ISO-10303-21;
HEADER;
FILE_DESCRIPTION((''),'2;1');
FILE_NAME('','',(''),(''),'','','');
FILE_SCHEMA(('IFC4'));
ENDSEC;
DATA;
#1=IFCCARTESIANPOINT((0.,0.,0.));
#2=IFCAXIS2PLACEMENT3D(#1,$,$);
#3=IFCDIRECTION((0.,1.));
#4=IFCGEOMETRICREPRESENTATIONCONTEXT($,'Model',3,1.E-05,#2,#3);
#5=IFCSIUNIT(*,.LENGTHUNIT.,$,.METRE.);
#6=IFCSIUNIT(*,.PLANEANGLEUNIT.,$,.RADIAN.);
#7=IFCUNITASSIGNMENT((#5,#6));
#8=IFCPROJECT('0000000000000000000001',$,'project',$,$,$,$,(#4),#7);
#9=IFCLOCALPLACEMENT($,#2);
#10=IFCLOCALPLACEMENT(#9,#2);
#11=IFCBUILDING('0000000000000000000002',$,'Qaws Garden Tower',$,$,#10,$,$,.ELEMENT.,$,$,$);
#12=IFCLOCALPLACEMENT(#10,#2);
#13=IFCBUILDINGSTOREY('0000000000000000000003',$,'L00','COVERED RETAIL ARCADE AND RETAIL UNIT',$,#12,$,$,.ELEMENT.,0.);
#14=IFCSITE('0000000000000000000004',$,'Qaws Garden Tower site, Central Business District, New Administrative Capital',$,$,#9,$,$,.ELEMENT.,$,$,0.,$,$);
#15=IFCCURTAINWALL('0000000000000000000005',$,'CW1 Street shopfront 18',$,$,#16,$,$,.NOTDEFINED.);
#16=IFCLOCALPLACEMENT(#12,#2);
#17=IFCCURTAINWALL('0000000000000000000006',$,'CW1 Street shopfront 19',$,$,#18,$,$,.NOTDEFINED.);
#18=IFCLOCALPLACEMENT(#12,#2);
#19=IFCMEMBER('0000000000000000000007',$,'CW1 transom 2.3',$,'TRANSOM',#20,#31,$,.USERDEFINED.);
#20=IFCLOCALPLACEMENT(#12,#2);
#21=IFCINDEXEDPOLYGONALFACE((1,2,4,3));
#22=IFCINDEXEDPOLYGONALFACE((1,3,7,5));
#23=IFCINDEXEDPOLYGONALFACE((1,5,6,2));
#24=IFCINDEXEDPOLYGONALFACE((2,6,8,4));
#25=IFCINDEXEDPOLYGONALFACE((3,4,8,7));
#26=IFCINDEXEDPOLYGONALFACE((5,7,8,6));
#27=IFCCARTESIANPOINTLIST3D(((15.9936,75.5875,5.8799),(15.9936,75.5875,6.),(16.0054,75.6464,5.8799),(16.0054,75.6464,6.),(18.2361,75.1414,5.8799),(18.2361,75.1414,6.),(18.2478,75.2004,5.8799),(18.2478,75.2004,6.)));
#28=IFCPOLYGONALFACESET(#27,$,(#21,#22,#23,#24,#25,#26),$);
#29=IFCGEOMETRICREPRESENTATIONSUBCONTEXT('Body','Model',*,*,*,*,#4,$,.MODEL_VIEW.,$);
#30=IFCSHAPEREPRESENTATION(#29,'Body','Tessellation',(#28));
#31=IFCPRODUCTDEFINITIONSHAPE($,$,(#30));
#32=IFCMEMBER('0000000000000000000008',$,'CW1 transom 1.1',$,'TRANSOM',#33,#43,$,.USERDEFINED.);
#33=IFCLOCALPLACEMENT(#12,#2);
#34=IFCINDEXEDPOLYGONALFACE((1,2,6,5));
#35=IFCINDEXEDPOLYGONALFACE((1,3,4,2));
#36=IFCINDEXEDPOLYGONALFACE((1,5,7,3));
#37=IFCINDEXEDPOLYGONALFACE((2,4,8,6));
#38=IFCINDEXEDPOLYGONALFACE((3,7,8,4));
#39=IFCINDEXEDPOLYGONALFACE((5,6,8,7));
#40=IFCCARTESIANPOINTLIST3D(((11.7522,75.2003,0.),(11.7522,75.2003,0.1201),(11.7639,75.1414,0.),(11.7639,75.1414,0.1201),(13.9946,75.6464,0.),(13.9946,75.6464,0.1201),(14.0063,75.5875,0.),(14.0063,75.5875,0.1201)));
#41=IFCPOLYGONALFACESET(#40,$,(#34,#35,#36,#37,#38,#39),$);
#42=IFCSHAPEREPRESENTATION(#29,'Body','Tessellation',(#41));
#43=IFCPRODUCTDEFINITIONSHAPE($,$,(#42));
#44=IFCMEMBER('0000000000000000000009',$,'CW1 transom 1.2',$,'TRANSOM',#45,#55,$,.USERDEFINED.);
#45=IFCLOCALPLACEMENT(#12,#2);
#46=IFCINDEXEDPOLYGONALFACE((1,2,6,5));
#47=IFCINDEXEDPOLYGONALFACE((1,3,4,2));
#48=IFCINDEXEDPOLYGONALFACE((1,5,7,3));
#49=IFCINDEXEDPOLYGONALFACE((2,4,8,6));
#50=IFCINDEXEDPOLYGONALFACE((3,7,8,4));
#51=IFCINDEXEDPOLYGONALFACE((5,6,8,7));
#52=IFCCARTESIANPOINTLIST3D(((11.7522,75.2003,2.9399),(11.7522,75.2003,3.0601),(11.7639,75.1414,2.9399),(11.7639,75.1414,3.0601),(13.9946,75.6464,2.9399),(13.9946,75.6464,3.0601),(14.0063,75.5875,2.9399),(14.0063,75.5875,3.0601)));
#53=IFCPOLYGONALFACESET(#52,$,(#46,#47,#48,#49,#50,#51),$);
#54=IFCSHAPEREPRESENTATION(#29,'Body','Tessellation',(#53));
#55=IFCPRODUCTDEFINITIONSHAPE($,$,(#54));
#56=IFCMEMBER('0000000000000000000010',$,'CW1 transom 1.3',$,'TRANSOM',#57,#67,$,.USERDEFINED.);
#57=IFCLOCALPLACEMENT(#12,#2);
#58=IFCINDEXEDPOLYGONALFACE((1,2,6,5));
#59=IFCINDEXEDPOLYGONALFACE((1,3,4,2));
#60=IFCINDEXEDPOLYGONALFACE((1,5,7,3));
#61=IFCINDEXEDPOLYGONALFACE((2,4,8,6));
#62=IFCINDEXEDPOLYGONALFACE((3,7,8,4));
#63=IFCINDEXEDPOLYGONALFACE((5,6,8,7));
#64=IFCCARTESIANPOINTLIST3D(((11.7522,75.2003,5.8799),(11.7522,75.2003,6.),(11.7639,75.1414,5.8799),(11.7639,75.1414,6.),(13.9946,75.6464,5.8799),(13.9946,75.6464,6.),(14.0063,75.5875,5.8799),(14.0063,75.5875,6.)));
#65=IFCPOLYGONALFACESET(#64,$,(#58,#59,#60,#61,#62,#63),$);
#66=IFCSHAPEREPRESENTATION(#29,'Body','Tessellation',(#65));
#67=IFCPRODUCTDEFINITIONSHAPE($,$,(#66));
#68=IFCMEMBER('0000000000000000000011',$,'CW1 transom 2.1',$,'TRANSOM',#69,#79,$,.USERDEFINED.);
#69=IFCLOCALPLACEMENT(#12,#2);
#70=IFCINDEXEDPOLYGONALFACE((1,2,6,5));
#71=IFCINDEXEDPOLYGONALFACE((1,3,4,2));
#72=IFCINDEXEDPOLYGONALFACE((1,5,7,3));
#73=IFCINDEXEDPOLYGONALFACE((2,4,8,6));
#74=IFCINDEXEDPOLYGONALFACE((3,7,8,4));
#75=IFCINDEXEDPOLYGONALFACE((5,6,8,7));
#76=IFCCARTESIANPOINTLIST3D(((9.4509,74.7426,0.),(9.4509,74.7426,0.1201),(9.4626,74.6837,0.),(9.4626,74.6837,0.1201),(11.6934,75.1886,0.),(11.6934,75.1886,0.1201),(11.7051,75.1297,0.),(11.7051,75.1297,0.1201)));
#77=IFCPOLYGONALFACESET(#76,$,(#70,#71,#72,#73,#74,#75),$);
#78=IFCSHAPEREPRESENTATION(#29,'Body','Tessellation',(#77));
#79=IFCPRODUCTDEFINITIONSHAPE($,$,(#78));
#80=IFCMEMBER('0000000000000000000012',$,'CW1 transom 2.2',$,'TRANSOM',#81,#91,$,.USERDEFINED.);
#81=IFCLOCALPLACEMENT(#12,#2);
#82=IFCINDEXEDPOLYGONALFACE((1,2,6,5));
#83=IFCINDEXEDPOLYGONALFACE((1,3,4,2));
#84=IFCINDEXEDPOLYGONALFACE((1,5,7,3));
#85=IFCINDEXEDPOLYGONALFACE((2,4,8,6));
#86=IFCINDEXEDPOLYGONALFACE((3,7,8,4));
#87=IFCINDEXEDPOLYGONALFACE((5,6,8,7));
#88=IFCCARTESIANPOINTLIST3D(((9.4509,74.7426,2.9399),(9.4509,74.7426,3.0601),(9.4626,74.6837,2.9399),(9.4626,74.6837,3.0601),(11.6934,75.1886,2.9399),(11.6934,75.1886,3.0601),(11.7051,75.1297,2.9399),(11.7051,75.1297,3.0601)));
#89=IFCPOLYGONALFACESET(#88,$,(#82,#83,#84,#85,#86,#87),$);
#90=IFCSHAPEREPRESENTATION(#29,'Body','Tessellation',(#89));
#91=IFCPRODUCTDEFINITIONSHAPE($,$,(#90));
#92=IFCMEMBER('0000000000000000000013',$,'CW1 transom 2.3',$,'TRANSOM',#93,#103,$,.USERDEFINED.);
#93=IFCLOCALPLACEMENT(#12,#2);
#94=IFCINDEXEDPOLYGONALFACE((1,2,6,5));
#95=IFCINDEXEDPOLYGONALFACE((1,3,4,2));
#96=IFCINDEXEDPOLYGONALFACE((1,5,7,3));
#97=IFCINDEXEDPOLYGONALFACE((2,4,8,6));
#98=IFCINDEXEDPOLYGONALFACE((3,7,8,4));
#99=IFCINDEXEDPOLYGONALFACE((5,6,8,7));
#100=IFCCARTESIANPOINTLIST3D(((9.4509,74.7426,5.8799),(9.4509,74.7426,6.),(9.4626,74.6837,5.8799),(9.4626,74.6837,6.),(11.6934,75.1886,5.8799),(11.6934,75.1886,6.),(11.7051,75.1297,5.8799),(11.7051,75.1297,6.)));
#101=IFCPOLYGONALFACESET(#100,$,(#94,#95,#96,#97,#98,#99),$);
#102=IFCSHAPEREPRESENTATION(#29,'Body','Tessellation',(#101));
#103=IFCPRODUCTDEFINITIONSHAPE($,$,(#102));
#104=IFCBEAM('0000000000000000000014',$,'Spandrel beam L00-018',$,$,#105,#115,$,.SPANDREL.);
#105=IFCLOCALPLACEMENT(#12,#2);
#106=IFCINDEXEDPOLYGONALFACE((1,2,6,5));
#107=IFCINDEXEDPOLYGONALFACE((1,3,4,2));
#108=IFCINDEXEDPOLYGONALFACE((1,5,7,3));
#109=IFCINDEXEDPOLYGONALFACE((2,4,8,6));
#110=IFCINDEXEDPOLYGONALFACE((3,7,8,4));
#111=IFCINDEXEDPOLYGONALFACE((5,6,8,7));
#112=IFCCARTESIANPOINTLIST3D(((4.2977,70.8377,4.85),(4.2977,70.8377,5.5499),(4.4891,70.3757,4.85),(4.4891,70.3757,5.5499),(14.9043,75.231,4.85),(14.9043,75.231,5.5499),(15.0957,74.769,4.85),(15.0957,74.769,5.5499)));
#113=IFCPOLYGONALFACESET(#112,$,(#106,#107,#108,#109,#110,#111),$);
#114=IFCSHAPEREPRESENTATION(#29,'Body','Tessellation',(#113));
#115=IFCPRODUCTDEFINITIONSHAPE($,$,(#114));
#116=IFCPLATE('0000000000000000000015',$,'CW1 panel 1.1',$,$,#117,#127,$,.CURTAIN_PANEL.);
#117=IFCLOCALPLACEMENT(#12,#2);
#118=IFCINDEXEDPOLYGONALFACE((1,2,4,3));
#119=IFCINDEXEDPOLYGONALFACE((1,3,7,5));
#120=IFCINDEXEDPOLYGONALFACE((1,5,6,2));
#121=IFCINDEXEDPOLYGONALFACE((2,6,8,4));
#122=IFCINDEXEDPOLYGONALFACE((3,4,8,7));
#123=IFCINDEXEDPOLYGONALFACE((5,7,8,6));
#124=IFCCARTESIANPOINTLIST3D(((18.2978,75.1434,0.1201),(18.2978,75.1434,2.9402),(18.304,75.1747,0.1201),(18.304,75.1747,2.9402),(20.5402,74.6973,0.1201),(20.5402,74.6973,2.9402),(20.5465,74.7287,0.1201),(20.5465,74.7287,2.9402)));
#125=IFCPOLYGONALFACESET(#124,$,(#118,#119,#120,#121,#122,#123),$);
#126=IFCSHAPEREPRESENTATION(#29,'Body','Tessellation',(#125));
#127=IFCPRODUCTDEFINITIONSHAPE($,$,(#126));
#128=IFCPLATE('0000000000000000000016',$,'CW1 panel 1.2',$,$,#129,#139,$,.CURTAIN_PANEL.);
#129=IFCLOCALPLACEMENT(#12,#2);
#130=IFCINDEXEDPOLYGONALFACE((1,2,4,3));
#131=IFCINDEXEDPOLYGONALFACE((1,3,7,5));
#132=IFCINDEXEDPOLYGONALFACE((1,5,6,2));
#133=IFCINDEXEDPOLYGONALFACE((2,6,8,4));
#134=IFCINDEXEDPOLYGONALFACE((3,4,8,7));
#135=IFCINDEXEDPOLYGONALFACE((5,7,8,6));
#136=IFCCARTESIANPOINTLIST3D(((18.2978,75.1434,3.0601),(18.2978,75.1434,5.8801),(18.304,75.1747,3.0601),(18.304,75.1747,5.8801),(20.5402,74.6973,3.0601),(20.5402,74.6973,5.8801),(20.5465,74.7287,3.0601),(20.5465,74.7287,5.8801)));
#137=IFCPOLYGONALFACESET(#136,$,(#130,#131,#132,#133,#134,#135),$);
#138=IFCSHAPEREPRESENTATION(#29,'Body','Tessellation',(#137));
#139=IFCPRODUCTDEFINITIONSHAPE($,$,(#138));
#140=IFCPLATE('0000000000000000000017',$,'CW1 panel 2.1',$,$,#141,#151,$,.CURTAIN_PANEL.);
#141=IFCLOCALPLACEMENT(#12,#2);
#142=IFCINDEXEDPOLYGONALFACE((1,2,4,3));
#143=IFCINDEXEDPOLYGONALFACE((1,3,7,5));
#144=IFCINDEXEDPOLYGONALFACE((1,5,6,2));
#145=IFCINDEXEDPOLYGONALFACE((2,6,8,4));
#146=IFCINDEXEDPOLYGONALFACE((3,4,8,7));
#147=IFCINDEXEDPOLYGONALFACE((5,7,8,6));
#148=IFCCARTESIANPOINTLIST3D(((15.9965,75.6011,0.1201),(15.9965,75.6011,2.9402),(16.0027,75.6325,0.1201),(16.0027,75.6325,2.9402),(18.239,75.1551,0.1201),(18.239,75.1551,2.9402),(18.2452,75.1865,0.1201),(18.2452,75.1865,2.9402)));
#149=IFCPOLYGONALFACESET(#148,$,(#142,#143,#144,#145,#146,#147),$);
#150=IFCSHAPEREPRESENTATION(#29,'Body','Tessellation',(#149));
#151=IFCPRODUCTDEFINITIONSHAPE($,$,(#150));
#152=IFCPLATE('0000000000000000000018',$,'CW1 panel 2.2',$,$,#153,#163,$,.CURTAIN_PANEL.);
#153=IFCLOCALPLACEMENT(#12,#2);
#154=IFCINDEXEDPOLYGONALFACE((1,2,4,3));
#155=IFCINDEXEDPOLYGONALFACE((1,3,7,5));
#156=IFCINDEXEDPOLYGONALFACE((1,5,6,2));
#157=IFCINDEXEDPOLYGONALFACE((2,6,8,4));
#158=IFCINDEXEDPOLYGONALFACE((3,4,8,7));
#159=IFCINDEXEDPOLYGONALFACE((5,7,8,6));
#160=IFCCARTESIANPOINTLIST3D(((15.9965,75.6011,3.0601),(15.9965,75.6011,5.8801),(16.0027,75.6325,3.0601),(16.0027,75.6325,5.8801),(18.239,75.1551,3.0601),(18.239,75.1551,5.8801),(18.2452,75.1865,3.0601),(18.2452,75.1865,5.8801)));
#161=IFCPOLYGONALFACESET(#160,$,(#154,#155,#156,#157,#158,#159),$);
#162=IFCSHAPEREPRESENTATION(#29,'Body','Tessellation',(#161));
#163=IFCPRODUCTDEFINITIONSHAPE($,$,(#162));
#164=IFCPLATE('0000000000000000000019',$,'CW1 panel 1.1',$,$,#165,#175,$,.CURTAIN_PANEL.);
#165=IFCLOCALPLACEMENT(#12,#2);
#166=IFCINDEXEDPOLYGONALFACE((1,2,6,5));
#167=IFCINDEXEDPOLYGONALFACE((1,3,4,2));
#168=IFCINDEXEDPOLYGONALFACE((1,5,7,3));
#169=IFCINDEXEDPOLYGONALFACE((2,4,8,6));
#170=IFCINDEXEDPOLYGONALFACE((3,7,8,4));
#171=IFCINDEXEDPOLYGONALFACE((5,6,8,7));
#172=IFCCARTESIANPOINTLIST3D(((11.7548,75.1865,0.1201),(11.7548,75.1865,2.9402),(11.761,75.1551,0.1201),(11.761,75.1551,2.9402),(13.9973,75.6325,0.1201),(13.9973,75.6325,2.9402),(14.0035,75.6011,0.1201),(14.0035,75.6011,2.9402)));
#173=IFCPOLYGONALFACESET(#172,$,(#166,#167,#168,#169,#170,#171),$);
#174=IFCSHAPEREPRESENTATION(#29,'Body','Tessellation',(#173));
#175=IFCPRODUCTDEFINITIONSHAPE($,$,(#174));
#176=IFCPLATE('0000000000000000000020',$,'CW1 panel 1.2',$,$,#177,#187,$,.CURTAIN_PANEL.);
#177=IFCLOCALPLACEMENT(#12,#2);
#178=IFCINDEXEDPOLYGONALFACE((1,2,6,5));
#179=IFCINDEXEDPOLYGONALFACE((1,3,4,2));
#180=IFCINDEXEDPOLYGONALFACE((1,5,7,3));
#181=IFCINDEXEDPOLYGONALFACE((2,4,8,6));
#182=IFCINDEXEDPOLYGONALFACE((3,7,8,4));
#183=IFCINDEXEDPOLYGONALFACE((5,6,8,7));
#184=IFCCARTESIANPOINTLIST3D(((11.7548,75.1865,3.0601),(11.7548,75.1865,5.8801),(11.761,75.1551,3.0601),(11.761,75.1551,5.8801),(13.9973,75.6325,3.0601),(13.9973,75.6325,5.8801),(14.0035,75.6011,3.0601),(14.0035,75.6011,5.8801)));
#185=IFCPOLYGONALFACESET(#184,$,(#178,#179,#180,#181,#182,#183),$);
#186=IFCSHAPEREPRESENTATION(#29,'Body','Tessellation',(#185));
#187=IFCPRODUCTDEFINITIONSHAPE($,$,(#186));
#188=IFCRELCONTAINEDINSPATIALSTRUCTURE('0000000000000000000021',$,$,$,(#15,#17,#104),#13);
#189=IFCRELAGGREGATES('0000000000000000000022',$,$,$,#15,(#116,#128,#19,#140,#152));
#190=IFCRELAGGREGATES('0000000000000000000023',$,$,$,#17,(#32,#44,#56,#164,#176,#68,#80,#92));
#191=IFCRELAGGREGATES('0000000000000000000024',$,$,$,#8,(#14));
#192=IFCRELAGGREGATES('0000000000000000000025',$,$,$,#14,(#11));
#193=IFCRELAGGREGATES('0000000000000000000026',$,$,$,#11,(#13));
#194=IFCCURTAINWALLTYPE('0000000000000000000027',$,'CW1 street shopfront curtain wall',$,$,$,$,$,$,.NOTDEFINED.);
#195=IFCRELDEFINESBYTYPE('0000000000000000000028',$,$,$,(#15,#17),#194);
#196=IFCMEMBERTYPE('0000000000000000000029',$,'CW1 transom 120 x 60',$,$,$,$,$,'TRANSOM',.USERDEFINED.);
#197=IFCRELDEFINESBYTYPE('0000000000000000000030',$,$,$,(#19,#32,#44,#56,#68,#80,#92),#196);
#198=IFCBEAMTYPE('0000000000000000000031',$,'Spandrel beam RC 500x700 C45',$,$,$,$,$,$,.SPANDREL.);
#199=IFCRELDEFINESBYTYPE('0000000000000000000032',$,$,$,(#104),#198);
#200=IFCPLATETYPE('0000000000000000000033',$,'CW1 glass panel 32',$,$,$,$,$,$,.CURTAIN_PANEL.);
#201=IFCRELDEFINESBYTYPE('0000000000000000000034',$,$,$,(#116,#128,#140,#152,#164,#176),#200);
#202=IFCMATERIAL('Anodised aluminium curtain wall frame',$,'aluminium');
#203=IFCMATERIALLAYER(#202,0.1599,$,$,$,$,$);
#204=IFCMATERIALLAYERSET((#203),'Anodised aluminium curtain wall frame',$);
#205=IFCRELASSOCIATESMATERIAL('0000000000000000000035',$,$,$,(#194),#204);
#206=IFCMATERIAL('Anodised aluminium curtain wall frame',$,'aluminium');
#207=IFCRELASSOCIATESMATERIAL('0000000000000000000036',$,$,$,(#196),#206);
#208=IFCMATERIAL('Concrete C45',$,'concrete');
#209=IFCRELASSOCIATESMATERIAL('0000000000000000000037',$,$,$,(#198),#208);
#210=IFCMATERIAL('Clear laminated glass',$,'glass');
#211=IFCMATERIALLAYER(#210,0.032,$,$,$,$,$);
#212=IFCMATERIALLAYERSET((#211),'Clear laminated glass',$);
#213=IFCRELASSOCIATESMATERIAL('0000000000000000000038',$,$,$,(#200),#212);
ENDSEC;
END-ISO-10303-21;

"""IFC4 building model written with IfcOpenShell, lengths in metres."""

from ifc_helpers import new_model, si_unit, direction, frame, origin, origin_2d, place, context, subcontext, project, spatial, rectangle, extrude, material, layer, layer_set, material_profile, profile_set, type_object, element, aggregate, save


model = new_model("IFC4")

# Units and contexts
model_context = context("Model", 3, precision=1e-05, world=origin(), true_north=direction((0.0, 1.0)))
body_context = subcontext(model_context, "Body", "Model", "MODEL_VIEW")
ifc_project = project(units=[si_unit("LENGTHUNIT", "METRE"), si_unit("PLANEANGLEUNIT", "RADIAN")], contexts=[model_context])

# Site, building, storey
site_placement = place(None, origin())
site = spatial("IfcSite", under=ifc_project, at=site_placement, Name="Qaws Garden Tower site, Central Business District, New Administrative Capital", CompositionType="ELEMENT", RefElevation=0.0)
building_placement = place(site_placement, origin())
building = spatial("IfcBuilding", under=site, at=building_placement, Name="Qaws Garden Tower", CompositionType="ELEMENT")
storey_placement = place(building_placement, origin())
storey = spatial("IfcBuildingStorey", under=building, at=storey_placement, Name="L00", Description="COVERED RETAIL ARCADE AND RETAIL UNIT", CompositionType="ELEMENT", Elevation=0.0)

# Curtain walls
ifc_material_1 = material(Name="Anodised aluminium curtain wall frame", Category="aluminium")
ifc_layer_1 = layer(ifc_material_1, 0.1599)
ifc_layer_set_1 = layer_set([ifc_layer_1], Name="Anodised aluminium curtain wall frame")
curtain_wall_type = type_object("IfcCurtainWallType", Name="CW1 street shopfront curtain wall", PredefinedType="NOTDEFINED", material=ifc_layer_set_1)
placement = place(storey_placement, origin())
curtain_wall_1 = element("IfcCurtainWall", 1, at=placement, inside=storey, type_object=curtain_wall_type, Name="CW1 Street shopfront 18", PredefinedType="NOTDEFINED")
curtain_wall_2 = element("IfcCurtainWall", 2, at=placement, inside=storey, type_object=curtain_wall_type, Name="CW1 Street shopfront 19", PredefinedType="NOTDEFINED")

# Members
ifc_material_2 = material(Name="Anodised aluminium curtain wall frame", Category="aluminium")
ifc_material_profile_1 = material_profile(ifc_material_2, rectangle(XDim=0.0601, YDim=0.1201, at=origin_2d()), Name="AL 60x120")
ifc_profile_set_1 = profile_set([ifc_material_profile_1], Name="Anodised aluminium curtain wall frame")
member_type_1 = type_object("IfcMemberType", Name="CW1 transom 120 x 60", ElementType="TRANSOM", PredefinedType="USERDEFINED", material=ifc_profile_set_1)
member_1_placement = place(storey_placement, frame((18.2419, 75.1709, 5.9399), z_axis=(-0.980785, 0.195089, 0.0), x_axis=(-0.195089, -0.980785, 0.0)))
member_1 = element("IfcMember", 3, at=member_1_placement, type_object=member_type_1, Name="CW1 transom 2.3", ObjectType="TRANSOM", PredefinedType="USERDEFINED", context=body_context, shape_type="SweptSolid", body=[
    extrude(rectangle(XDim=0.0601, YDim=0.1201, at=origin_2d()), origin(), (0.0, 0.0, 1.0), 2.2864),
])
member_2_placement = place(storey_placement, frame((14.0005, 75.6169, 0.0601), z_axis=(-0.980785, -0.195089, 0.0), x_axis=(0.195089, -0.980785, 0.0)))
member_2 = element("IfcMember", 4, at=member_2_placement, type_object=member_type_1, Name="CW1 transom 1.1", ObjectType="TRANSOM", PredefinedType="USERDEFINED", context=body_context, shape_type="SweptSolid", body=[
    extrude(rectangle(XDim=0.0601, YDim=0.1201, at=origin_2d()), origin(), (0.0, 0.0, 1.0), 2.2864),
])
member_3_placement = place(storey_placement, frame((14.0005, 75.6169, 3.0), z_axis=(-0.980785, -0.195089, 0.0), x_axis=(0.195089, -0.980785, 0.0)))
member_3 = element("IfcMember", 5, at=member_3_placement, type_object=member_type_1, Name="CW1 transom 1.2", ObjectType="TRANSOM", PredefinedType="USERDEFINED", context=body_context, shape_type="SweptSolid", body=[
    extrude(rectangle(XDim=0.0601, YDim=0.1201, at=origin_2d()), origin(), (0.0, 0.0, 1.0), 2.2864),
])
member_4_placement = place(storey_placement, frame((14.0005, 75.6169, 5.9399), z_axis=(-0.980785, -0.195089, 0.0), x_axis=(0.195089, -0.980785, 0.0)))
member_4 = element("IfcMember", 6, at=member_4_placement, type_object=member_type_1, Name="CW1 transom 1.3", ObjectType="TRANSOM", PredefinedType="USERDEFINED", context=body_context, shape_type="SweptSolid", body=[
    extrude(rectangle(XDim=0.0601, YDim=0.1201, at=origin_2d()), origin(), (0.0, 0.0, 1.0), 2.2864),
])
member_5_placement = place(storey_placement, frame((11.6992, 75.1592, 0.0601), z_axis=(-0.980785, -0.195089, 0.0), x_axis=(0.195089, -0.980785, 0.0)))
member_5 = element("IfcMember", 7, at=member_5_placement, type_object=member_type_1, Name="CW1 transom 2.1", ObjectType="TRANSOM", PredefinedType="USERDEFINED", context=body_context, shape_type="SweptSolid", body=[
    extrude(rectangle(XDim=0.0601, YDim=0.1201, at=origin_2d()), origin(), (0.0, 0.0, 1.0), 2.2864),
])
member_6_placement = place(storey_placement, frame((11.6992, 75.1592, 3.0), z_axis=(-0.980785, -0.195089, 0.0), x_axis=(0.195089, -0.980785, 0.0)))
member_6 = element("IfcMember", 8, at=member_6_placement, type_object=member_type_1, Name="CW1 transom 2.2", ObjectType="TRANSOM", PredefinedType="USERDEFINED", context=body_context, shape_type="SweptSolid", body=[
    extrude(rectangle(XDim=0.0601, YDim=0.1201, at=origin_2d()), origin(), (0.0, 0.0, 1.0), 2.2864),
])
member_7_placement = place(storey_placement, frame((11.6992, 75.1592, 5.9399), z_axis=(-0.980785, -0.195089, 0.0), x_axis=(0.195089, -0.980785, 0.0)))
member_7 = element("IfcMember", 9, at=member_7_placement, type_object=member_type_1, Name="CW1 transom 2.3", ObjectType="TRANSOM", PredefinedType="USERDEFINED", context=body_context, shape_type="SweptSolid", body=[
    extrude(rectangle(XDim=0.0601, YDim=0.1201, at=origin_2d()), origin(), (0.0, 0.0, 1.0), 2.2864),
])

# Beam
ifc_material_3 = material(Name="Concrete C45", Category="concrete")
ifc_material_profile_2 = material_profile(ifc_material_3, rectangle(XDim=0.5, YDim=0.7, at=origin_2d()), Name="RC 500x700")
ifc_profile_set_2 = profile_set([ifc_material_profile_2], Name="Concrete C45")
beam_type = type_object("IfcBeamType", Name="Spandrel beam RC 500x700 C45", PredefinedType="SPANDREL", material=ifc_profile_set_2)
beam_placement = place(storey_placement, frame((15.0, 75.0, 5.2), z_axis=(-0.923883, -0.382674, 0.0), x_axis=(0.382674, -0.923883, 0.0)))
element("IfcBeam", 10, at=beam_placement, inside=storey, type_object=beam_type, Name="Spandrel beam L00-018", PredefinedType="SPANDREL", context=body_context, shape_type="SweptSolid", body=[
    extrude(rectangle(XDim=0.5, YDim=0.7, at=origin_2d()), origin(), (0.0, 0.0, 1.0), 11.4805),
])

# Plates
ifc_material_4 = material(Name="Clear laminated glass", Category="glass")
ifc_layer_2 = layer(ifc_material_4, 0.032)
ifc_layer_set_2 = layer_set([ifc_layer_2], Name="Clear laminated glass")
plate_type = type_object("IfcPlateType", Name="CW1 glass panel 32", PredefinedType="CURTAIN_PANEL", material=ifc_layer_set_2)
plate_1_placement = place(storey_placement, frame((19.4221, 74.936, 0.1201), z_axis=(0.0, 0.0, 1.0), x_axis=(-0.980785, 0.19509, 0.0)))
plate_1 = element("IfcPlate", 11, at=plate_1_placement, type_object=plate_type, Name="CW1 panel 1.1", PredefinedType="CURTAIN_PANEL", context=body_context, shape_type="SweptSolid", body=[
    extrude(rectangle(XDim=2.2864, YDim=0.032, at=origin_2d()), origin(), (0.0, 0.0, 1.0), 2.8201),
])
plate_2_placement = place(storey_placement, frame((19.4221, 74.936, 3.0601), z_axis=(0.0, 0.0, 1.0), x_axis=(-0.980785, 0.19509, 0.0)))
plate_2 = element("IfcPlate", 12, at=plate_2_placement, type_object=plate_type, Name="CW1 panel 1.2", PredefinedType="CURTAIN_PANEL", context=body_context, shape_type="SweptSolid", body=[
    extrude(rectangle(XDim=2.2864, YDim=0.032, at=origin_2d()), origin(), (0.0, 0.0, 1.0), 2.8201),
])
plate_3_placement = place(storey_placement, frame((17.1208, 75.3938, 0.1201), z_axis=(0.0, 0.0, 1.0), x_axis=(-0.980785, 0.19509, 0.0)))
plate_3 = element("IfcPlate", 13, at=plate_3_placement, type_object=plate_type, Name="CW1 panel 2.1", PredefinedType="CURTAIN_PANEL", context=body_context, shape_type="SweptSolid", body=[
    extrude(rectangle(XDim=2.2864, YDim=0.032, at=origin_2d()), origin(), (0.0, 0.0, 1.0), 2.8201),
])
plate_4_placement = place(storey_placement, frame((17.1208, 75.3938, 3.0601), z_axis=(0.0, 0.0, 1.0), x_axis=(-0.980785, 0.19509, 0.0)))
plate_4 = element("IfcPlate", 14, at=plate_4_placement, type_object=plate_type, Name="CW1 panel 2.2", PredefinedType="CURTAIN_PANEL", context=body_context, shape_type="SweptSolid", body=[
    extrude(rectangle(XDim=2.2864, YDim=0.032, at=origin_2d()), origin(), (0.0, 0.0, 1.0), 2.8201),
])
aggregate(curtain_wall_1, [plate_1, plate_2, member_1, plate_3, plate_4])
plate_5_placement = place(storey_placement, frame((12.8792, 75.3938, 0.1201), z_axis=(0.0, 0.0, 1.0), x_axis=(-0.980785, -0.19509, 0.0)))
plate_5 = element("IfcPlate", 15, at=plate_5_placement, type_object=plate_type, Name="CW1 panel 1.1", PredefinedType="CURTAIN_PANEL", context=body_context, shape_type="SweptSolid", body=[
    extrude(rectangle(XDim=2.2864, YDim=0.032, at=origin_2d()), origin(), (0.0, 0.0, 1.0), 2.8201),
])
plate_6_placement = place(storey_placement, frame((12.8792, 75.3938, 3.0601), z_axis=(0.0, 0.0, 1.0), x_axis=(-0.980785, -0.19509, 0.0)))
plate_6 = element("IfcPlate", 16, at=plate_6_placement, type_object=plate_type, Name="CW1 panel 1.2", PredefinedType="CURTAIN_PANEL", context=body_context, shape_type="SweptSolid", body=[
    extrude(rectangle(XDim=2.2864, YDim=0.032, at=origin_2d()), origin(), (0.0, 0.0, 1.0), 2.8201),
])
aggregate(curtain_wall_2, [member_2, member_3, member_4, plate_5, plate_6, member_5, member_6, member_7])

save(model, "model.ifc")
